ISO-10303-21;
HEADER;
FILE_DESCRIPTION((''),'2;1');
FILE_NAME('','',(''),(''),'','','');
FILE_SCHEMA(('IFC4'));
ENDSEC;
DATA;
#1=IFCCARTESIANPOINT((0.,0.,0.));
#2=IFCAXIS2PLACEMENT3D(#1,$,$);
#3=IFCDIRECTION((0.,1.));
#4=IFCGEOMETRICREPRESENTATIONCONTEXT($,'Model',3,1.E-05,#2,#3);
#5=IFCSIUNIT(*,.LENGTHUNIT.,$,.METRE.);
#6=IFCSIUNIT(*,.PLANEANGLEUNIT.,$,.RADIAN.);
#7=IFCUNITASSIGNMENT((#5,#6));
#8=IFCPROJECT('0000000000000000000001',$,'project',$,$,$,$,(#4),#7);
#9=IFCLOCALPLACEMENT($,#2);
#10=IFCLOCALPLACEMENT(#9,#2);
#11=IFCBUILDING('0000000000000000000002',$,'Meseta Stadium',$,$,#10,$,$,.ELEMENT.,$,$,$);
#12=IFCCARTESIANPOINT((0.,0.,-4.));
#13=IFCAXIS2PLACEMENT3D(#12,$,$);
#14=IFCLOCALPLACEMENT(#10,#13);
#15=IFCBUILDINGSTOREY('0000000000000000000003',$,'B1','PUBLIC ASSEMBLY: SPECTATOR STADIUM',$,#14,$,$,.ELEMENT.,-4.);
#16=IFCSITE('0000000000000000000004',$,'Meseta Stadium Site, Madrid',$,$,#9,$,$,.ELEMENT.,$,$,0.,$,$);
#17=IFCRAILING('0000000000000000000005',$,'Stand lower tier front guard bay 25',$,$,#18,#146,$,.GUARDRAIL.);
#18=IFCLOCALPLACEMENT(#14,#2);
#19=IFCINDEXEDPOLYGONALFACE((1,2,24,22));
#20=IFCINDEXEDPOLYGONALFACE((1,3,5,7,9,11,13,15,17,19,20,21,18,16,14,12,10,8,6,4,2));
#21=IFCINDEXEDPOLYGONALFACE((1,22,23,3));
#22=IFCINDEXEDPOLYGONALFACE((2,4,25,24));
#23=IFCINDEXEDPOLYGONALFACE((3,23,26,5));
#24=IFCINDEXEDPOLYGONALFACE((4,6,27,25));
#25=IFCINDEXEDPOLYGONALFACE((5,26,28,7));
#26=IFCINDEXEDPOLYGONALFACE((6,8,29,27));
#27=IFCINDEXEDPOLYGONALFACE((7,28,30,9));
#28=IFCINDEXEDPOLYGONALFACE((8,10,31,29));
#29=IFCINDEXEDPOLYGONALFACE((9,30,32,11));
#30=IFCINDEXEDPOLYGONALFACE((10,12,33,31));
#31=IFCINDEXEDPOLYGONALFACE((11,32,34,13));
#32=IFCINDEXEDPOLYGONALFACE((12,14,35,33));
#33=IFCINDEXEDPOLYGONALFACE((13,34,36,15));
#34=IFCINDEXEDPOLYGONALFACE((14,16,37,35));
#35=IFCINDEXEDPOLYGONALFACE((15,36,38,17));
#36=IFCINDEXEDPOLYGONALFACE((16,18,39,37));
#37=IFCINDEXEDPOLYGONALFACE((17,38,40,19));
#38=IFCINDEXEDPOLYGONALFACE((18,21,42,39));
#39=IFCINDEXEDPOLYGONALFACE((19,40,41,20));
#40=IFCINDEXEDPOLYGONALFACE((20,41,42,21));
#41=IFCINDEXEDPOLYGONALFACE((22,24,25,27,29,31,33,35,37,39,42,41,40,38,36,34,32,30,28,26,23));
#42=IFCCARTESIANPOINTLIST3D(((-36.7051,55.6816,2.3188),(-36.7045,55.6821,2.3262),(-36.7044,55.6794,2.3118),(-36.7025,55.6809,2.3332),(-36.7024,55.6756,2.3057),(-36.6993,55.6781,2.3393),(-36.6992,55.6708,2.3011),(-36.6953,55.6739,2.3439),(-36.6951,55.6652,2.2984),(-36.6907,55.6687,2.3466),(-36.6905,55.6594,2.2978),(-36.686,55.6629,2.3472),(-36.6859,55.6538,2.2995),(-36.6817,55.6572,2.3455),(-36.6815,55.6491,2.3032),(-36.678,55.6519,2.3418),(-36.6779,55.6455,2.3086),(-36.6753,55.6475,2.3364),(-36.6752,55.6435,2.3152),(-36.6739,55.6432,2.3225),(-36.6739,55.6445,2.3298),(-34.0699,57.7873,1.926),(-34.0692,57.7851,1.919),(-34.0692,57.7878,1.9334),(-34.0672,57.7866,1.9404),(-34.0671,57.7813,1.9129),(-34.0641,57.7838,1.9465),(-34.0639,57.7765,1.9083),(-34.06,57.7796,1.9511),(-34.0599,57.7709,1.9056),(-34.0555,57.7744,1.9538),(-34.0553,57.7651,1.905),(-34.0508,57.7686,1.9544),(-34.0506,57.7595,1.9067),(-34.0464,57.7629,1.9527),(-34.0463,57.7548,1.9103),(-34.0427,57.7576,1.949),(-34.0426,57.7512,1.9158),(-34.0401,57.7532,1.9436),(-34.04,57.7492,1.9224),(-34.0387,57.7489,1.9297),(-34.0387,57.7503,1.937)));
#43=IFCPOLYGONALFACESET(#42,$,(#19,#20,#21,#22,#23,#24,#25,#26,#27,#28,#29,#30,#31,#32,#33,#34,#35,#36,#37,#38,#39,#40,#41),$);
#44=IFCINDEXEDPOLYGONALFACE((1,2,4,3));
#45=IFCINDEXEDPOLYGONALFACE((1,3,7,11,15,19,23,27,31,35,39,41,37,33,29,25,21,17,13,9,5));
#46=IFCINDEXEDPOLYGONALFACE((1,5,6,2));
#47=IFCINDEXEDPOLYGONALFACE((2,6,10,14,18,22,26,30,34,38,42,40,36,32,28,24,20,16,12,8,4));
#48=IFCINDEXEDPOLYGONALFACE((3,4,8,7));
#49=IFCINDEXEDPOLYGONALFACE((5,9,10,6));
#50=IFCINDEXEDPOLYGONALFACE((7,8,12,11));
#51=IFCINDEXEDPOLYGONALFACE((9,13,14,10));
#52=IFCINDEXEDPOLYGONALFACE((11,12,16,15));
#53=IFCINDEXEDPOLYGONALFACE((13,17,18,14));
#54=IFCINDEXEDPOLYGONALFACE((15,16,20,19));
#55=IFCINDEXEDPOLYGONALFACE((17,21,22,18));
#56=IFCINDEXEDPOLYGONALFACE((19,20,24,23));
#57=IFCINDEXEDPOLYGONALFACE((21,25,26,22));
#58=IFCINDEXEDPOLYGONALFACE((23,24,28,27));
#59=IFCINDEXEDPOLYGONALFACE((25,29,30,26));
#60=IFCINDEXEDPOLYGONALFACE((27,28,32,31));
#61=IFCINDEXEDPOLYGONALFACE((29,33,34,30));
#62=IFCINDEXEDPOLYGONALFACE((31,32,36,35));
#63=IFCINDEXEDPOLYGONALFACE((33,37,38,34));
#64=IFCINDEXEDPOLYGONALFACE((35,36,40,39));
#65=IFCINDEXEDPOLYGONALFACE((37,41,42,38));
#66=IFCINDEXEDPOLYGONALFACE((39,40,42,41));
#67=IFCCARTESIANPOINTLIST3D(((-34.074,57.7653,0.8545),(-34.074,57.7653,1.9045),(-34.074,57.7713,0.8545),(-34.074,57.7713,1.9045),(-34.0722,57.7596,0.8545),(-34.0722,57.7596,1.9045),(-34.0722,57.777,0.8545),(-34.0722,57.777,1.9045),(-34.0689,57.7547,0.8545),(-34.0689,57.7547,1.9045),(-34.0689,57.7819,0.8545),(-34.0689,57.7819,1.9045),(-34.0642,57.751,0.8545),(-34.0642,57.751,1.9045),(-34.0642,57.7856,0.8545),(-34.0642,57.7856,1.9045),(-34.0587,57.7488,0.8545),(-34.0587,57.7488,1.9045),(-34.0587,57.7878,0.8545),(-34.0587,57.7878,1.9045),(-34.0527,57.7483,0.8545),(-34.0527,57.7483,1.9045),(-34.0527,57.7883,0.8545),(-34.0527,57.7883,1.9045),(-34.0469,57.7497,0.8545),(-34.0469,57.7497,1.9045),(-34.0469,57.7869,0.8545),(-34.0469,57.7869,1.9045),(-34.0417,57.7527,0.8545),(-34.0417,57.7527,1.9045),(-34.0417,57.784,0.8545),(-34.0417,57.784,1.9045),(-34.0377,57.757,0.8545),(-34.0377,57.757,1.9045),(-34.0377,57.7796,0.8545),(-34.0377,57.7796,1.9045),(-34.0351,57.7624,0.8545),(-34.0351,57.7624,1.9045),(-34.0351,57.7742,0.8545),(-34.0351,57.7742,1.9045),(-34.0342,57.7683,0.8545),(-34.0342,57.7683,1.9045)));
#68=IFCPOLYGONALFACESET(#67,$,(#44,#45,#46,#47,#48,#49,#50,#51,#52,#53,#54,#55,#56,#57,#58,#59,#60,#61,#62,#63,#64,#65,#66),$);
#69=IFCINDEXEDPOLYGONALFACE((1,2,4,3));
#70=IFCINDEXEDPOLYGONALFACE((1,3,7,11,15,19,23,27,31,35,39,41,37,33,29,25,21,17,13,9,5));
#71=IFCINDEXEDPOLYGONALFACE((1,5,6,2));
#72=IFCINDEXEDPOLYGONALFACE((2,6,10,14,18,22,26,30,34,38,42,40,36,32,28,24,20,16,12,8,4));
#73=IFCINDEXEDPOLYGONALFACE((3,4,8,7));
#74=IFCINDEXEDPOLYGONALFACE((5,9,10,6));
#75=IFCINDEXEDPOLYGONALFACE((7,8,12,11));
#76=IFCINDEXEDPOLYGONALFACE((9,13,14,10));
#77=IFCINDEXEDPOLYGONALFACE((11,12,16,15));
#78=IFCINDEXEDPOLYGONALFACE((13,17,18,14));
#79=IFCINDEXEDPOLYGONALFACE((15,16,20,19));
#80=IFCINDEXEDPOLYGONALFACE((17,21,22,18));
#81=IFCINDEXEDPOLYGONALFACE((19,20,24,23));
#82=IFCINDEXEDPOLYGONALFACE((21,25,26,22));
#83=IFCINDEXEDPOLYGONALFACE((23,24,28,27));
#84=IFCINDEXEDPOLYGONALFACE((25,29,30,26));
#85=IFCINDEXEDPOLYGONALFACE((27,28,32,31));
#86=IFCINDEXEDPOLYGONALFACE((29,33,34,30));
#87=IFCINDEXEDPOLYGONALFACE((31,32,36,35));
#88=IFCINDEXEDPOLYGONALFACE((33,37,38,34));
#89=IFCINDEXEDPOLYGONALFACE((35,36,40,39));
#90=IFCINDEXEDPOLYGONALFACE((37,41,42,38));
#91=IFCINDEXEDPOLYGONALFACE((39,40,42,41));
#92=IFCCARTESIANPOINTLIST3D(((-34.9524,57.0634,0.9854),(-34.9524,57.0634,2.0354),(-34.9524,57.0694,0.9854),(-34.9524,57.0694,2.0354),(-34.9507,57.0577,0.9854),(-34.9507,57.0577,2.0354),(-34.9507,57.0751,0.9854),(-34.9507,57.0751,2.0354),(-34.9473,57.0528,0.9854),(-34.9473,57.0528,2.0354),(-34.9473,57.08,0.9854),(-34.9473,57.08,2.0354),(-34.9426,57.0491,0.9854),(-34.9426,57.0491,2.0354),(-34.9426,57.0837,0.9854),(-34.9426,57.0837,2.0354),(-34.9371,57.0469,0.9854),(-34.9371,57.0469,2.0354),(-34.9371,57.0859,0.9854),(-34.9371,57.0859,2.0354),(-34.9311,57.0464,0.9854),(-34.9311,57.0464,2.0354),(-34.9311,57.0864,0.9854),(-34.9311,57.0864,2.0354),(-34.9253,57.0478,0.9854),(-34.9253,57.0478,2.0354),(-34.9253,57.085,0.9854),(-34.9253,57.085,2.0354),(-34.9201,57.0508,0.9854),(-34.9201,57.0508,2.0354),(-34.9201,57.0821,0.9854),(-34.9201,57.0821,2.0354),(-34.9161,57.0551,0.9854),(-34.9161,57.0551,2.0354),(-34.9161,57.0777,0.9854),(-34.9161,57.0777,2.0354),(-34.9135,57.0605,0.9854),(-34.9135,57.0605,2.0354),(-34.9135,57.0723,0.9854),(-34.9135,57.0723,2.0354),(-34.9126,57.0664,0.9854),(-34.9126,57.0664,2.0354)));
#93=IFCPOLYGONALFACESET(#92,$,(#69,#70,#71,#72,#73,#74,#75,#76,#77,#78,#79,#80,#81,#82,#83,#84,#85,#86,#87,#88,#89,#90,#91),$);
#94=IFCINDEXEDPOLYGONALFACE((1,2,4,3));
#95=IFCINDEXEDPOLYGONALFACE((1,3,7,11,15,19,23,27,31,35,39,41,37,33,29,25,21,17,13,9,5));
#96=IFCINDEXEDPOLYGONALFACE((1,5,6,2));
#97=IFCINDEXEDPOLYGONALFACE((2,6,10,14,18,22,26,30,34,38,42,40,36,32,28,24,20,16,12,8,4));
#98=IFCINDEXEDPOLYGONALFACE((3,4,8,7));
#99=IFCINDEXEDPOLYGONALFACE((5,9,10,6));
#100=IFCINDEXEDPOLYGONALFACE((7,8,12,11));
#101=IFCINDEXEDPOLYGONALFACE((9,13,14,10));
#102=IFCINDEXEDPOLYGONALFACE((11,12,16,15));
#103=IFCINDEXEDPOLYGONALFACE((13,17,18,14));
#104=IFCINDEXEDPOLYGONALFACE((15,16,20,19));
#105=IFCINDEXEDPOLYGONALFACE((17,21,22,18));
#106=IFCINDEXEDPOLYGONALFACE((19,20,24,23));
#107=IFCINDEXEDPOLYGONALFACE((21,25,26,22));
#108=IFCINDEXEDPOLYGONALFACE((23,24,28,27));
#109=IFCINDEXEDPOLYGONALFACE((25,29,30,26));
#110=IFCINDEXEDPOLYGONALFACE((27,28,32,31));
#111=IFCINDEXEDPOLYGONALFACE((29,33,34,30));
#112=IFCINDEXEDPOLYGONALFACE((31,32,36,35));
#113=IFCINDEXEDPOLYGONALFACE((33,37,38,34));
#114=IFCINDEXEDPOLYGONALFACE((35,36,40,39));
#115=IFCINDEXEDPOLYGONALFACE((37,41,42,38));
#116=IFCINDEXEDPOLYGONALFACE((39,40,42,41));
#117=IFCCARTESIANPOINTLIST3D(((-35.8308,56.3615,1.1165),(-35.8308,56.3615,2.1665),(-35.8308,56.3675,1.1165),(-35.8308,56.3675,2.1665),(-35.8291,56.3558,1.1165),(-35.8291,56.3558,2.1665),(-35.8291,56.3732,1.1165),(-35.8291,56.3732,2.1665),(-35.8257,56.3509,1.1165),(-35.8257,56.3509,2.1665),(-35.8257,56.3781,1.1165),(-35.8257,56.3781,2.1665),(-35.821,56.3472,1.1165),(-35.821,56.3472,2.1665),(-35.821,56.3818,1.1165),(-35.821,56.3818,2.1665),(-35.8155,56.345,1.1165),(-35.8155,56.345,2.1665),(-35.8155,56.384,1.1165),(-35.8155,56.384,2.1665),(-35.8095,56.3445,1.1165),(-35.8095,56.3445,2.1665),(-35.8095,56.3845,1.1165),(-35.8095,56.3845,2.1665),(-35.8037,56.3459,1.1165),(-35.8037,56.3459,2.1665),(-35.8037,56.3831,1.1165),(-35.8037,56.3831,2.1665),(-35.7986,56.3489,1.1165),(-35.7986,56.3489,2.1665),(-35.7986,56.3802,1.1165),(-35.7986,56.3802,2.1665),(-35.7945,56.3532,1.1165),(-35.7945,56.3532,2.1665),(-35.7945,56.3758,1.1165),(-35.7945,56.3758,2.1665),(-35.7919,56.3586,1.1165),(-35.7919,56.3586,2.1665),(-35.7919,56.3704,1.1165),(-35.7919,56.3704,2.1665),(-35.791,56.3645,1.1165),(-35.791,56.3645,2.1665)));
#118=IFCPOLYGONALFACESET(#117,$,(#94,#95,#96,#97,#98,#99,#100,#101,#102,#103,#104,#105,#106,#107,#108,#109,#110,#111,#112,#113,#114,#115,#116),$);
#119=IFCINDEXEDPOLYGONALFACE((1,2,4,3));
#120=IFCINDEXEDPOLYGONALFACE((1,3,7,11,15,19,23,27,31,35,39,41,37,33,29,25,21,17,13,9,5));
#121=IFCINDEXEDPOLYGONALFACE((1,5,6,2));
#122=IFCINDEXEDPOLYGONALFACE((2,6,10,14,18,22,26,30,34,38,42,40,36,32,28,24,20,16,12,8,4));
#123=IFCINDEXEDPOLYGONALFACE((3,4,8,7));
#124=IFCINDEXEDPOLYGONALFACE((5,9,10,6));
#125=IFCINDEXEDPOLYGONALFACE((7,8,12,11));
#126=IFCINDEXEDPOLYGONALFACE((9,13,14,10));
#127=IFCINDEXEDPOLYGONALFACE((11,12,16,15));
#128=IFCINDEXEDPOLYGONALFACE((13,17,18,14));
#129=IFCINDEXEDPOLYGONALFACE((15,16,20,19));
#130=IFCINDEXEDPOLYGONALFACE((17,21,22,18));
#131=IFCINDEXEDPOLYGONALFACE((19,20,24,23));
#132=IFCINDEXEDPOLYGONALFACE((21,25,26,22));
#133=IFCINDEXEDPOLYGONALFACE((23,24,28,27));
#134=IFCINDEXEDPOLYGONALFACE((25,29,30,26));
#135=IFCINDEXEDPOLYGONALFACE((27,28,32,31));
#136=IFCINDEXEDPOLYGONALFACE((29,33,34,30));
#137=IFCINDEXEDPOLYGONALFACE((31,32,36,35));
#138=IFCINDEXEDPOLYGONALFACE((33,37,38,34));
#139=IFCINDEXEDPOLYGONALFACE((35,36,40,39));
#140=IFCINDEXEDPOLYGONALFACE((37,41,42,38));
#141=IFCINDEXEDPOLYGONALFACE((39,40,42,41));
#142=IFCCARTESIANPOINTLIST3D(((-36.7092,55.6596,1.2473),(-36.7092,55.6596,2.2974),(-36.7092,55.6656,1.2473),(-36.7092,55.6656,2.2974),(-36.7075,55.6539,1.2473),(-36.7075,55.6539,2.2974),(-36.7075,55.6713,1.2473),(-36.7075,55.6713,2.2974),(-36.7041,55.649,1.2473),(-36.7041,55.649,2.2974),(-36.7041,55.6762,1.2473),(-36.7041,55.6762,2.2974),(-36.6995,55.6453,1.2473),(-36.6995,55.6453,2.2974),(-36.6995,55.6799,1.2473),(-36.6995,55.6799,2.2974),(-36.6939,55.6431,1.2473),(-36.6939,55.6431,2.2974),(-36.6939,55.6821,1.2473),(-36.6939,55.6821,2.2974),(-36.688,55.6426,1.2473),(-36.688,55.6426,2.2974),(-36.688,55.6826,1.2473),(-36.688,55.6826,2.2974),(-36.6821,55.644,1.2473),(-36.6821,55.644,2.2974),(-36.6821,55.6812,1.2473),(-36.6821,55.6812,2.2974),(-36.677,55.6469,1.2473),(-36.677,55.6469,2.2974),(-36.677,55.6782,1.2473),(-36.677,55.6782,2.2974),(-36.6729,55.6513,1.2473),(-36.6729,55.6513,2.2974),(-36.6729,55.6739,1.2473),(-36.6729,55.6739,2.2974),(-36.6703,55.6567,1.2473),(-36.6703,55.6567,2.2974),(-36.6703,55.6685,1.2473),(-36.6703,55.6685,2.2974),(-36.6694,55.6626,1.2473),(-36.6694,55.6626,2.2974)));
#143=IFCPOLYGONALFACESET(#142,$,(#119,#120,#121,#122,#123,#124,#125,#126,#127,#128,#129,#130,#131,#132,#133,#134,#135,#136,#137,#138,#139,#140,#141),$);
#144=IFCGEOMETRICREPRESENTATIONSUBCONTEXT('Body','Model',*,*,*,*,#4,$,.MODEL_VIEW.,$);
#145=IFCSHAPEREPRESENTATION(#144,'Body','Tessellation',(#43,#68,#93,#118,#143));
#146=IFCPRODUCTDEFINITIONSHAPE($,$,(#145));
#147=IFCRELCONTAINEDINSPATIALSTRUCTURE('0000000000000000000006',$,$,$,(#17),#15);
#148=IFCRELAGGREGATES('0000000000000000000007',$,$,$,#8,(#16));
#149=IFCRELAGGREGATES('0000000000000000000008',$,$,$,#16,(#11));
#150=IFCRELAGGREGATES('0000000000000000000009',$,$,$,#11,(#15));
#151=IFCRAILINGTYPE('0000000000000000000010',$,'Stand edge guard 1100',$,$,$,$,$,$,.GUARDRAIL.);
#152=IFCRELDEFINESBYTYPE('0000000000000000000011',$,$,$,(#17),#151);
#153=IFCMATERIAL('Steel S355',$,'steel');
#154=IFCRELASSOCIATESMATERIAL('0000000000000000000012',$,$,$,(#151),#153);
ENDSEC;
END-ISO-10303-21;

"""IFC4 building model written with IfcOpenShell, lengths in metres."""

from ifc_helpers import new_model, si_unit, direction, frame, origin, origin_2d, place, context, subcontext, project, spatial, circle, extrude, material, type_object, element, save


model = new_model("IFC4")

# Units and contexts
model_context = context("Model", 3, precision=1e-05, world=origin(), true_north=direction((0.0, 1.0)))
body_context = subcontext(model_context, "Body", "Model", "MODEL_VIEW")
ifc_project = project(units=[si_unit("LENGTHUNIT", "METRE"), si_unit("PLANEANGLEUNIT", "RADIAN")], contexts=[model_context])

# Site, building, storey
site_placement = place(None, origin())
site = spatial("IfcSite", under=ifc_project, at=site_placement, Name="Meseta Stadium Site, Madrid", CompositionType="ELEMENT", RefElevation=0.0)
building_placement = place(site_placement, origin())
building = spatial("IfcBuilding", under=site, at=building_placement, Name="Meseta Stadium", CompositionType="ELEMENT")
storey_placement = place(building_placement, frame((0.0, 0.0, -4.0)))
storey = spatial("IfcBuildingStorey", under=building, at=storey_placement, Name="B1", Description="PUBLIC ASSEMBLY: SPECTATOR STADIUM", CompositionType="ELEMENT", Elevation=-4.0)

# Railing
ifc_material_1 = material(Name="Steel S355", Category="steel")
railing_type = type_object("IfcRailingType", Name="Stand edge guard 1100", PredefinedType="GUARDRAIL", material=ifc_material_1)
railing_1_placement = place(storey_placement, frame((-34.0542, 57.7683, 0.8545)))
element("IfcRailing", 1, at=railing_1_placement, inside=storey, type_object=railing_type, Name="Stand lower tier front guard bay 25", PredefinedType="GUARDRAIL", context=body_context, shape_type="SweptSolid", body=[
    extrude(circle(Radius=0.0249, at=origin_2d()), frame((0.0, 0.0, 1.0752), z_axis=(-0.775985, -0.620055, 0.115672), x_axis=(0.624245, -0.781229, 0.0)), (0.0, 0.0, 1.0), 3.396),
    extrude(circle(Radius=0.02, at=origin_2d()), origin(), (0.0, 0.0, 1.0), 1.05),
    extrude(circle(Radius=0.02, at=origin_2d()), frame((-0.8784, -0.7019, 0.1309)), (0.0, 0.0, 1.0), 1.05),
    extrude(circle(Radius=0.02, at=origin_2d()), frame((-1.7568, -1.4038, 0.262)), (0.0, 0.0, 1.0), 1.05),
    extrude(circle(Radius=0.02, at=origin_2d()), frame((-2.6353, -2.1057, 0.3928)), (0.0, 0.0, 1.0), 1.05),
])

save(model, "model.ifc")
